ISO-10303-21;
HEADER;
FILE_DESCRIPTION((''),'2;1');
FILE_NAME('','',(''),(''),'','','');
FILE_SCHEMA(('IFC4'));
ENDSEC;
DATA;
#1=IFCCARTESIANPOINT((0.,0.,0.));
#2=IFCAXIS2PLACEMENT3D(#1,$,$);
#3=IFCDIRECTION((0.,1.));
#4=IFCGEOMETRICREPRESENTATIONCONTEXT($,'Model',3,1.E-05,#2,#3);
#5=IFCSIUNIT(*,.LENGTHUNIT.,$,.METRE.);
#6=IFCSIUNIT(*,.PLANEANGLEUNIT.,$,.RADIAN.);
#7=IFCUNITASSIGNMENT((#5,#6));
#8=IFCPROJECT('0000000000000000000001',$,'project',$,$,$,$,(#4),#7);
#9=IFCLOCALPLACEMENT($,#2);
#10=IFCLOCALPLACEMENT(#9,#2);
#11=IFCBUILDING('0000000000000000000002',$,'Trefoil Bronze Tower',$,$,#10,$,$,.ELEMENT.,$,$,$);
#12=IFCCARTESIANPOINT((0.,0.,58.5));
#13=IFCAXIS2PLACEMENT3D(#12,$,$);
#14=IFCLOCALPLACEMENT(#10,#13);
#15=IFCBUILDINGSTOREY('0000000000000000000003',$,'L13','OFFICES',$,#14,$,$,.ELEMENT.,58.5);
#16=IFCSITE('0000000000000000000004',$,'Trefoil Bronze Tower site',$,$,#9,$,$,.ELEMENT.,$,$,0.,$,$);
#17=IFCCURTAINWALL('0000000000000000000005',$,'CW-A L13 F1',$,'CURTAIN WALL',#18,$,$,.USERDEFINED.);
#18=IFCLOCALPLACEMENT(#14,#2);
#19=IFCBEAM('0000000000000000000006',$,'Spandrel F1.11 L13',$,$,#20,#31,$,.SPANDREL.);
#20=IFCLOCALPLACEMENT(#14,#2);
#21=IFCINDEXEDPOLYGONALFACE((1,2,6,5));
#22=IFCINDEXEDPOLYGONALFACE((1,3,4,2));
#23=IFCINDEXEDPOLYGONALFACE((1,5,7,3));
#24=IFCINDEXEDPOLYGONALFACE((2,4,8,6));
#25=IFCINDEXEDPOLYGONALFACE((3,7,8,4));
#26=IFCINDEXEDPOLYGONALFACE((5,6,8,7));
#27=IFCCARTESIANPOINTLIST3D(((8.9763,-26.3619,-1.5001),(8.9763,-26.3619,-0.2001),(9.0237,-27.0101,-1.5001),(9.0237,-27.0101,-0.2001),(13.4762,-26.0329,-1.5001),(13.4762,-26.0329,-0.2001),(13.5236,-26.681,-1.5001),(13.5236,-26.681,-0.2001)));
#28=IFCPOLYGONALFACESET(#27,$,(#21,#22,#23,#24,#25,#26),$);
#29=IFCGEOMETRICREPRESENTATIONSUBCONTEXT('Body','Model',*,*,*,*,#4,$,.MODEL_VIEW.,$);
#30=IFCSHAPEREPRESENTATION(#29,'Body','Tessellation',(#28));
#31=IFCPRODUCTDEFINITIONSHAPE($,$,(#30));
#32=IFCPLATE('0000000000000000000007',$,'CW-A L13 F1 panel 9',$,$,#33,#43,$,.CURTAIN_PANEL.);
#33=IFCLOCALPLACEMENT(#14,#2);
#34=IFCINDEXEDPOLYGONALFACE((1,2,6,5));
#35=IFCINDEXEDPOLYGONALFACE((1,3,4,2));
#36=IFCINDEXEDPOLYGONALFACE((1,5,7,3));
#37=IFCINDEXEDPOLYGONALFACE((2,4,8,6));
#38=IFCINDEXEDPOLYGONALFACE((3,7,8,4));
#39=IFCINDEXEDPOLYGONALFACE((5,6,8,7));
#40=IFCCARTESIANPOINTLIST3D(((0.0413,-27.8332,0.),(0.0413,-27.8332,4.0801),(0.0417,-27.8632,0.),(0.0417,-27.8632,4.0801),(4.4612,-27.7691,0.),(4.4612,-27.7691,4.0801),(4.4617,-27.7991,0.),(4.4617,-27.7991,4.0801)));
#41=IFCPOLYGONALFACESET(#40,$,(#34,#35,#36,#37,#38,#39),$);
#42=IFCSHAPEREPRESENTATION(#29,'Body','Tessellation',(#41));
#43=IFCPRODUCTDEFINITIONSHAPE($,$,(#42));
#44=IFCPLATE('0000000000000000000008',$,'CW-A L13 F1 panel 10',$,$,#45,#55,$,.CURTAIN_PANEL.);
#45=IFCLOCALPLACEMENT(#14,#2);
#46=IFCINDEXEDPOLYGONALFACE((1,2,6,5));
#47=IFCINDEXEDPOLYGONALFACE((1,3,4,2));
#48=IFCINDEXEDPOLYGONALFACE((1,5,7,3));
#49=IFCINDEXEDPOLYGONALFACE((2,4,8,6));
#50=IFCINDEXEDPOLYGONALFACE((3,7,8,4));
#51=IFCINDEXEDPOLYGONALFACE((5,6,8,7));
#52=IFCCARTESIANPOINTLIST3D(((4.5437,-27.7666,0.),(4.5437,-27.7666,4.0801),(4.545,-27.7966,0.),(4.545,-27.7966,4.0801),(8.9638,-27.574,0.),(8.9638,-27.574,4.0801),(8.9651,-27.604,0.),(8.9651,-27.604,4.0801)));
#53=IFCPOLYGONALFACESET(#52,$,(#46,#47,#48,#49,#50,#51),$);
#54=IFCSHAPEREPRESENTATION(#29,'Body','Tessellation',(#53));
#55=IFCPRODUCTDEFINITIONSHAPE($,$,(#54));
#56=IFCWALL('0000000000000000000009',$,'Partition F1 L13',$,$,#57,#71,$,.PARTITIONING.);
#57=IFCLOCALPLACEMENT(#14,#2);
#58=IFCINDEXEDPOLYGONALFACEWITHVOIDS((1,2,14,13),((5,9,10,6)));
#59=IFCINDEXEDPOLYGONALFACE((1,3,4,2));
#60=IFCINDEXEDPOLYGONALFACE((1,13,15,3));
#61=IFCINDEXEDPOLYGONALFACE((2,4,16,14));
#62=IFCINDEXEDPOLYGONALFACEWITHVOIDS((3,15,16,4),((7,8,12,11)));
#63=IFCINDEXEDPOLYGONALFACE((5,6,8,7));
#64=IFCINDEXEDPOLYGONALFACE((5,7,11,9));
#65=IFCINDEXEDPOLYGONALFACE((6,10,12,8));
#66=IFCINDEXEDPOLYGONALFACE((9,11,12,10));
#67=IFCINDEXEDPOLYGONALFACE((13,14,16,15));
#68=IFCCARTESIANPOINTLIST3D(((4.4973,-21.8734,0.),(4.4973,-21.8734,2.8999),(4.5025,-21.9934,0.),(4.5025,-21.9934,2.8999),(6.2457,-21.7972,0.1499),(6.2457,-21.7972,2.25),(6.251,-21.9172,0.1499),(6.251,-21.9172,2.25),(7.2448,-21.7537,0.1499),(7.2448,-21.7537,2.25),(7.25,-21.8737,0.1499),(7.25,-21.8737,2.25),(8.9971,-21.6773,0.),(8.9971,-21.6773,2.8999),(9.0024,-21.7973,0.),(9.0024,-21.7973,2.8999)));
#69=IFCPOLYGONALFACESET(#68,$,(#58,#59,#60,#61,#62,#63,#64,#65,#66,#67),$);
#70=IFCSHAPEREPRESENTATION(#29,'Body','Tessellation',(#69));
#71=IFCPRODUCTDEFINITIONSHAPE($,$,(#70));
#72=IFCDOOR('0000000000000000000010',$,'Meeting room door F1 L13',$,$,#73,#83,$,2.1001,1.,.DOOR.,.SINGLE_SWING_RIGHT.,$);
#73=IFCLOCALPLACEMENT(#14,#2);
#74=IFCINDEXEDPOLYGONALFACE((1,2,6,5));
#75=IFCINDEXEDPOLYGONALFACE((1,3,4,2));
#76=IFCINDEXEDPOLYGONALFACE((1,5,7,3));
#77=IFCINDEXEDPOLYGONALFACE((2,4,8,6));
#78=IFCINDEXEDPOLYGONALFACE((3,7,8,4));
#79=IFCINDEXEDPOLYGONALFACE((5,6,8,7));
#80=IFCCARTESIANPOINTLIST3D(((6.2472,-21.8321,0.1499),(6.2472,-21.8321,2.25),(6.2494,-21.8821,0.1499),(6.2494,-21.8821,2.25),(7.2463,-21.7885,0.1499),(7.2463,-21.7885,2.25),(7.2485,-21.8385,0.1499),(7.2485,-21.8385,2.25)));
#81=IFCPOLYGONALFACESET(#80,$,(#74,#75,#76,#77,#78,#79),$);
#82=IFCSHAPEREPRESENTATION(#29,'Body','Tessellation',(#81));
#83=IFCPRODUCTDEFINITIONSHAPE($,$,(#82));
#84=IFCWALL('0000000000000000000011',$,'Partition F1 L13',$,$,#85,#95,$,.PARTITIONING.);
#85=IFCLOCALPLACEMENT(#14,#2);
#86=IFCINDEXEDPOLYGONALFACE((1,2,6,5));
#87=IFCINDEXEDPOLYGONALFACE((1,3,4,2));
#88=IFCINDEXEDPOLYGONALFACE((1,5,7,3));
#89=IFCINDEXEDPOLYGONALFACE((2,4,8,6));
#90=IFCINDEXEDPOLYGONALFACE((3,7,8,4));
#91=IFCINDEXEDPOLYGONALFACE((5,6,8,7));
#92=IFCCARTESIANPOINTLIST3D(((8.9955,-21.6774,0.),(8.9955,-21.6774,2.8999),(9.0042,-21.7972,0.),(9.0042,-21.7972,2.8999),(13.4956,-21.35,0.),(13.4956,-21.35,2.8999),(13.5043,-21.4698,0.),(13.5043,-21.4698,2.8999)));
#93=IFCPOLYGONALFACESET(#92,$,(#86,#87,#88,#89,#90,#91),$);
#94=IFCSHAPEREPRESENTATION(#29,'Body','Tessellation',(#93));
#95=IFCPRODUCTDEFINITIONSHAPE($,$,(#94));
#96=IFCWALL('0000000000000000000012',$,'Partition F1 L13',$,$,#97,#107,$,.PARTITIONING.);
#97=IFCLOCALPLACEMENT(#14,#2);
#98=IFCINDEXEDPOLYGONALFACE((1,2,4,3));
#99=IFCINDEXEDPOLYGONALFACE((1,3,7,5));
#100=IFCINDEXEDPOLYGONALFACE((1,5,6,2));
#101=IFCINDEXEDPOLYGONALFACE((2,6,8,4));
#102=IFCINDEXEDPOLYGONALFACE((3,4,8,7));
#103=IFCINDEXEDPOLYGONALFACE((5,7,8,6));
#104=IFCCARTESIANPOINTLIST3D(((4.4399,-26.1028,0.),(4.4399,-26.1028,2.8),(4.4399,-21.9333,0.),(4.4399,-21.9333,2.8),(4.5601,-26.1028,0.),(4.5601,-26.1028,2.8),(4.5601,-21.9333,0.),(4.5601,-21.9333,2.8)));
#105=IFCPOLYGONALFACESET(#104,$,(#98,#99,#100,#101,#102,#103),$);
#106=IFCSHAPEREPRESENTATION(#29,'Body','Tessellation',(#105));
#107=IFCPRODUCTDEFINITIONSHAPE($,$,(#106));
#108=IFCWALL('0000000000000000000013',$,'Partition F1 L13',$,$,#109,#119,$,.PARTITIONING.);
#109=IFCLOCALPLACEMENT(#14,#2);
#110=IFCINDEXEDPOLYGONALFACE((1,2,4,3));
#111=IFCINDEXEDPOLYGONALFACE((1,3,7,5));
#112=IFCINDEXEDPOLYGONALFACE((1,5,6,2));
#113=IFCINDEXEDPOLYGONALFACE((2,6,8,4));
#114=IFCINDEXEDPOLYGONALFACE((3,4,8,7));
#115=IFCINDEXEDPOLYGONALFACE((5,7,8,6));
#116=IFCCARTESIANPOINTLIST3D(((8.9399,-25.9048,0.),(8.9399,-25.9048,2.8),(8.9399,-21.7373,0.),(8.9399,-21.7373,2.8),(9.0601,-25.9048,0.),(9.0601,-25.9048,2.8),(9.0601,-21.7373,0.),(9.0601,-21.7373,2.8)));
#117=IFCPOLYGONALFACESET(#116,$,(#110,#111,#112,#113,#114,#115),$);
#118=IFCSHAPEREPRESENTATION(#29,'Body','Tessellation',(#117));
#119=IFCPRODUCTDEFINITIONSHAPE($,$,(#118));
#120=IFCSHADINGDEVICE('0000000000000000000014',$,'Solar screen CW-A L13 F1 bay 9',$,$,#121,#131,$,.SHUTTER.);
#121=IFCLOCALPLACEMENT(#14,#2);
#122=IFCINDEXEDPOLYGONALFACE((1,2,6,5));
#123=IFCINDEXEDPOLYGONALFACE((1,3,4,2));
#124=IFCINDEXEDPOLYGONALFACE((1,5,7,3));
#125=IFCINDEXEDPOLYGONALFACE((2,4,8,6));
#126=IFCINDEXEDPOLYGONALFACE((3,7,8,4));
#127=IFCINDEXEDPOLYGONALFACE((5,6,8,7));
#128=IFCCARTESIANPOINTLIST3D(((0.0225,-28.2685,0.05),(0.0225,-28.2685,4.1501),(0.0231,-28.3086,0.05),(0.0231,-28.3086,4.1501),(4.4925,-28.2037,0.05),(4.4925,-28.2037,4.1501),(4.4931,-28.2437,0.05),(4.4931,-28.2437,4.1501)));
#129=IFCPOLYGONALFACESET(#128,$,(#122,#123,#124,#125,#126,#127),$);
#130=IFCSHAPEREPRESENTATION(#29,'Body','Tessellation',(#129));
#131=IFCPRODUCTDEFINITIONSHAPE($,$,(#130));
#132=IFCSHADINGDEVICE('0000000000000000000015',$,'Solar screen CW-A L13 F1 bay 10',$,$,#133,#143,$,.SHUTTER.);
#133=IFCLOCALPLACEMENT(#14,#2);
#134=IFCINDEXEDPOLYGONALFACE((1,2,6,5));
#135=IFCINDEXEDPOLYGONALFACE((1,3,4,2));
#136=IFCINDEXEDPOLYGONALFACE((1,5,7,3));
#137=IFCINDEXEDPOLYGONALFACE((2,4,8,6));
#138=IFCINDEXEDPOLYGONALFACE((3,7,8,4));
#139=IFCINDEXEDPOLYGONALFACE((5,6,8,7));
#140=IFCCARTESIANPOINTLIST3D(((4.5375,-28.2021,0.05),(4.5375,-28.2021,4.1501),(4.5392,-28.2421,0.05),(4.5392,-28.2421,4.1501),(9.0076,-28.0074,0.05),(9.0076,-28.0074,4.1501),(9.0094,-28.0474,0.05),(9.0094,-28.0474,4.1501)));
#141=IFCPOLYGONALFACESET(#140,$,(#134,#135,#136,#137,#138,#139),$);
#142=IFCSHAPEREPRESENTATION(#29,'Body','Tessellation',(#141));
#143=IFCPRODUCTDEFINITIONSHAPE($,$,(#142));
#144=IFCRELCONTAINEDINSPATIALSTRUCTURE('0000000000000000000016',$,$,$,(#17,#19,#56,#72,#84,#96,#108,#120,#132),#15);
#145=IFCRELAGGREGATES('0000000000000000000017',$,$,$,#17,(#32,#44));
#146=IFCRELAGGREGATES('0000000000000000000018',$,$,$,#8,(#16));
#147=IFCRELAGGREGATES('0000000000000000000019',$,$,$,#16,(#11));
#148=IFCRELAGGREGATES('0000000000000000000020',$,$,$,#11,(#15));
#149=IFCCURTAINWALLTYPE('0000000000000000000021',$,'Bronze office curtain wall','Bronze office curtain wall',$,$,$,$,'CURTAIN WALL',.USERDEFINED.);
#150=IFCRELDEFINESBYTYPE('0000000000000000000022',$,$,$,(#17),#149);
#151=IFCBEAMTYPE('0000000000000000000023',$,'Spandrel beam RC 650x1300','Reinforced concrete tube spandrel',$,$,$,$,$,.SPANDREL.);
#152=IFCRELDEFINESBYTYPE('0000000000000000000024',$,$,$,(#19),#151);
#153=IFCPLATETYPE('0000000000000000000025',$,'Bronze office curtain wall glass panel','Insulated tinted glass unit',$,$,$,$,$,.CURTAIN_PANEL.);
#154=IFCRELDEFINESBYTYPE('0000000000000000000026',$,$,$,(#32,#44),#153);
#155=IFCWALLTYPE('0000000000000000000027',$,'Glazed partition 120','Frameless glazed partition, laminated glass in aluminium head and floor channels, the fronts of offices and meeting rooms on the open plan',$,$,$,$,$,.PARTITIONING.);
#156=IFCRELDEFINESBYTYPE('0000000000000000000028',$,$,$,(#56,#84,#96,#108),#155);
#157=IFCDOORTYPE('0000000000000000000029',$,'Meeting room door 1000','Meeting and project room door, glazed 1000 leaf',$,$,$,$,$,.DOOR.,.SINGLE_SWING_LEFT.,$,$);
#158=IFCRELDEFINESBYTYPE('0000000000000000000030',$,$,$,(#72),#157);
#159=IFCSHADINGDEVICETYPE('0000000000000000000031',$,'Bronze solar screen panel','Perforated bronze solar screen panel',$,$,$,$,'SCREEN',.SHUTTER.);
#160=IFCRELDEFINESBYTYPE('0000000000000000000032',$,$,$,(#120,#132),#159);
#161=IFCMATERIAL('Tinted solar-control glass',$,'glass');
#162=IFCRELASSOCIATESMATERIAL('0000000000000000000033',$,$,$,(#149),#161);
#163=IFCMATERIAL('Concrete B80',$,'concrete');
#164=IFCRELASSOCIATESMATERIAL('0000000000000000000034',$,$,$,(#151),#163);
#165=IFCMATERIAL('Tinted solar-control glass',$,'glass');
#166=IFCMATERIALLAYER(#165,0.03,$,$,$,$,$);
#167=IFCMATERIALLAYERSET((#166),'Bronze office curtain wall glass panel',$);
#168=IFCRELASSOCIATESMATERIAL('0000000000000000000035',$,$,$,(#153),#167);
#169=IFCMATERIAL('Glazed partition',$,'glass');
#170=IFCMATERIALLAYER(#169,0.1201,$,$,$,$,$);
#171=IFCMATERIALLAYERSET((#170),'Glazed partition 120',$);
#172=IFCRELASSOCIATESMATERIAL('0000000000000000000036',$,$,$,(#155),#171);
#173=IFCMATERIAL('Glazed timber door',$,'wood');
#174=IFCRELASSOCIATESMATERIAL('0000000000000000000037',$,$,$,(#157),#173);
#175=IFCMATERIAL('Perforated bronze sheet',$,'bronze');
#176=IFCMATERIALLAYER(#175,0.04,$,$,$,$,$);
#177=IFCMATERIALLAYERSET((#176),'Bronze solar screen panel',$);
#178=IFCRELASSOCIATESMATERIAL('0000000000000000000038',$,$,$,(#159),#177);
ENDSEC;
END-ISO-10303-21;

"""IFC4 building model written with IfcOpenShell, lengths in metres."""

from ifc_helpers import new_model, si_unit, direction, frame, frame_2d, origin, origin_2d, place, context, subcontext, project, spatial, rectangle, extrude, material, layer, layer_set, material_profile, profile_set, type_object, element, fill, aggregate, save


model = new_model("IFC4")

# Units and contexts
model_context = context("Model", 3, precision=1e-05, world=origin(), true_north=direction((0.0, 1.0)))
body_context = subcontext(model_context, "Body", "Model", "MODEL_VIEW")
ifc_project = project(units=[si_unit("LENGTHUNIT", "METRE"), si_unit("PLANEANGLEUNIT", "RADIAN")], contexts=[model_context])

# Site, building, storey
site_placement = place(None, origin())
site = spatial("IfcSite", under=ifc_project, at=site_placement, Name="Trefoil Bronze Tower site", CompositionType="ELEMENT", RefElevation=0.0)
building_placement = place(site_placement, origin())
building = spatial("IfcBuilding", under=site, at=building_placement, Name="Trefoil Bronze Tower", CompositionType="ELEMENT")
storey_placement = place(building_placement, frame((0.0, 0.0, 58.5)))
storey = spatial("IfcBuildingStorey", under=building, at=storey_placement, Name="L13", Description="OFFICES", CompositionType="ELEMENT", Elevation=58.5)

# Curtain wall
ifc_material_1 = material(Name="Tinted solar-control glass", Category="glass")
curtain_wall_type = type_object("IfcCurtainWallType", Name="Bronze office curtain wall", Description="Bronze office curtain wall", ElementType="CURTAIN WALL", PredefinedType="USERDEFINED", material=ifc_material_1)
curtain_wall_placement = place(storey_placement, origin())
curtain_wall = element("IfcCurtainWall", 1, at=curtain_wall_placement, inside=storey, type_object=curtain_wall_type, Name="CW-A L13 F1", ObjectType="CURTAIN WALL", PredefinedType="USERDEFINED")

# Beam
ifc_material_2 = material(Name="Concrete B80", Category="concrete")
ifc_material_profile_1 = material_profile(ifc_material_2, rectangle(XDim=0.6499, YDim=1.3, at=origin_2d()), Name="RC 650x1300")
ifc_profile_set_1 = profile_set([ifc_material_profile_1], Name="Concrete B80")
beam_type_1 = type_object("IfcBeamType", Name="Spandrel beam RC 650x1300", Description="Reinforced concrete tube spandrel", PredefinedType="SPANDREL", material=ifc_profile_set_1)
beam_1_placement = place(storey_placement, frame((9.0, -26.686, -0.8501), z_axis=(0.997336, 0.072939, 0.0), x_axis=(-0.072939, 0.997336, 0.0)))
element("IfcBeam", 2, at=beam_1_placement, inside=storey, type_object=beam_type_1, Name="Spandrel F1.11 L13", PredefinedType="SPANDREL", context=body_context, shape_type="SweptSolid", body=[
    extrude(rectangle(XDim=0.6499, YDim=1.3, at=origin_2d()), origin(), (0.0, 0.0, 1.0), 4.512),
])

# Plates
ifc_material_3 = material(Name="Tinted solar-control glass", Category="glass")
ifc_layer_1 = layer(ifc_material_3, 0.03)
ifc_layer_set_1 = layer_set([ifc_layer_1], Name="Bronze office curtain wall glass panel")
plate_type = type_object("IfcPlateType", Name="Bronze office curtain wall glass panel", Description="Insulated tinted glass unit", PredefinedType="CURTAIN_PANEL", material=ifc_layer_set_1)
plate_1_placement = place(storey_placement, frame((2.2515, -27.8162, 0.0), z_axis=(0.0, 0.0, 1.0), x_axis=(0.999895, 0.014509, 0.0)))
plate_1 = element("IfcPlate", 3, at=plate_1_placement, type_object=plate_type, Name="CW-A L13 F1 panel 9", PredefinedType="CURTAIN_PANEL", context=body_context, shape_type="SweptSolid", body=[
    extrude(rectangle(XDim=4.4204, YDim=0.03, at=origin_2d()), origin(), (0.0, 0.0, 1.0), 4.0801),
])
plate_2_placement = place(storey_placement, frame((6.7544, -27.6853, 0.0), z_axis=(0.0, 0.0, 1.0), x_axis=(0.999052, 0.043528, 0.0)))
plate_2 = element("IfcPlate", 4, at=plate_2_placement, type_object=plate_type, Name="CW-A L13 F1 panel 10", PredefinedType="CURTAIN_PANEL", context=body_context, shape_type="SweptSolid", body=[
    extrude(rectangle(XDim=4.4243, YDim=0.03, at=origin_2d()), origin(), (0.0, 0.0, 1.0), 4.0801),
])
aggregate(curtain_wall, [plate_1, plate_2])

# Wall, opening, door
ifc_material_4 = material(Name="Glazed partition", Category="glass")
ifc_layer_2 = layer(ifc_material_4, 0.1201)
ifc_layer_set_2 = layer_set([ifc_layer_2], Name="Glazed partition 120")
wall_type = type_object("IfcWallType", Name="Glazed partition 120", Description="Frameless glazed partition, laminated glass in aluminium head and floor channels, the fronts of offices and meeting rooms on the open plan", PredefinedType="PARTITIONING", material=ifc_layer_set_2)
wall_1_placement = place(storey_placement, frame((4.5, -21.9333, 0.0), z_axis=(0.0, 0.0, 1.0), x_axis=(0.999052, 0.043524, 0.0)))
wall_1 = element("IfcWall", 5, at=wall_1_placement, inside=storey, type_object=wall_type, Name="Partition F1 L13", PredefinedType="PARTITIONING", context=body_context, shape_type="SweptSolid", body=[
    extrude(rectangle(XDim=4.5042, YDim=0.1201, at=frame_2d((2.252, 0.0))), origin(), (0.0, 0.0, 1.0), 2.8999),
])
opening_placement = place(wall_1_placement, frame((1.75, 0.0, 0.1499)))
opening = element("IfcOpeningElement", 6, at=opening_placement, cuts=wall_1, PredefinedType="OPENING", context=body_context, shape_type="SweptSolid", body=[
    extrude(rectangle(XDim=1.0, YDim=2.1001, at=frame_2d((0.5, 1.05))), frame((0.0, 0.0701, 0.0), z_axis=(0.0, -1.0, 0.0), x_axis=(1.0, 0.0, 0.0)), (0.0, 0.0, 1.0), 0.1401),
])
ifc_material_5 = material(Name="Glazed timber door", Category="wood")
door_type = type_object("IfcDoorType", Name="Meeting room door 1000", Description="Meeting and project room door, glazed 1000 leaf", OperationType="SINGLE_SWING_LEFT", PredefinedType="DOOR", material=ifc_material_5)
door_placement = place(opening_placement, frame((1.0, 0.0, 0.0), z_axis=(0.0, 0.0, 1.0), x_axis=(-1.0, 0.0, 0.0)))
door = element("IfcDoor", 7, at=door_placement, inside=storey, type_object=door_type, Name="Meeting room door F1 L13", OperationType="SINGLE_SWING_RIGHT", OverallHeight=2.1001, OverallWidth=1.0, PredefinedType="DOOR", context=body_context, shape_type="SweptSolid", body=[
    extrude(rectangle(XDim=1.0, YDim=2.1001, at=frame_2d((0.5, 1.05))), frame((0.0, 0.0249, 0.0), z_axis=(0.0, -1.0, 0.0), x_axis=(1.0, 0.0, 0.0)), (0.0, 0.0, 1.0), 0.05),
])
fill(opening, door)

# Walls
wall_2_placement = place(storey_placement, frame((9.0, -21.7373, 0.0), z_axis=(0.0, 0.0, 1.0), x_axis=(0.997364, 0.072562, 0.0)))
element("IfcWall", 8, at=wall_2_placement, inside=storey, type_object=wall_type, Name="Partition F1 L13", PredefinedType="PARTITIONING", context=body_context, shape_type="SweptSolid", body=[
    extrude(rectangle(XDim=4.512, YDim=0.1201, at=frame_2d((2.2559, 0.0))), origin(), (0.0, 0.0, 1.0), 2.8999),
])
wall_3_placement = place(storey_placement, frame((4.5, -21.9333, 0.0), z_axis=(0.0, 0.0, 1.0), x_axis=(0.0, -1.0, 0.0)))
element("IfcWall", 9, at=wall_3_placement, inside=storey, type_object=wall_type, Name="Partition F1 L13", PredefinedType="PARTITIONING", context=body_context, shape_type="SweptSolid", body=[
    extrude(rectangle(XDim=4.1694, YDim=0.1201, at=frame_2d((2.0847, 0.0))), origin(), (0.0, 0.0, 1.0), 2.8),
])
wall_4_placement = place(storey_placement, frame((9.0, -21.7373, 0.0), z_axis=(0.0, 0.0, 1.0), x_axis=(0.0, -1.0, 0.0)))
element("IfcWall", 10, at=wall_4_placement, inside=storey, type_object=wall_type, Name="Partition F1 L13", PredefinedType="PARTITIONING", context=body_context, shape_type="SweptSolid", body=[
    extrude(rectangle(XDim=4.1675, YDim=0.1201, at=frame_2d((2.0837, 0.0))), origin(), (0.0, 0.0, 1.0), 2.8),
])

# Shading devices
ifc_material_6 = material(Name="Perforated bronze sheet", Category="bronze")
ifc_layer_3 = layer(ifc_material_6, 0.04)
ifc_layer_set_3 = layer_set([ifc_layer_3], Name="Bronze solar screen panel")
shading_device_type = type_object("IfcShadingDeviceType", Name="Bronze solar screen panel", Description="Perforated bronze solar screen panel", ElementType="SCREEN", PredefinedType="SHUTTER", material=ifc_layer_set_3)
shading_device_1_placement = place(storey_placement, frame((2.2578, -28.2561, 0.05), z_axis=(0.0, 0.0, 1.0), x_axis=(0.999895, 0.014509, 0.0)))
element("IfcShadingDevice", 11, at=shading_device_1_placement, inside=storey, type_object=shading_device_type, Name="Solar screen CW-A L13 F1 bay 9", PredefinedType="SHUTTER", context=body_context, shape_type="SweptSolid", body=[
    extrude(rectangle(XDim=4.4705, YDim=0.04, at=origin_2d()), origin(), (0.0, 0.0, 1.0), 4.1001),
])
shading_device_2_placement = place(storey_placement, frame((6.7734, -28.1248, 0.05), z_axis=(0.0, 0.0, 1.0), x_axis=(0.999052, 0.043528, 0.0)))
element("IfcShadingDevice", 12, at=shading_device_2_placement, inside=storey, type_object=shading_device_type, Name="Solar screen CW-A L13 F1 bay 10", PredefinedType="SHUTTER", context=body_context, shape_type="SweptSolid", body=[
    extrude(rectangle(XDim=4.4744, YDim=0.04, at=origin_2d()), origin(), (0.0, 0.0, 1.0), 4.1001),
])

save(model, "model.ifc")
